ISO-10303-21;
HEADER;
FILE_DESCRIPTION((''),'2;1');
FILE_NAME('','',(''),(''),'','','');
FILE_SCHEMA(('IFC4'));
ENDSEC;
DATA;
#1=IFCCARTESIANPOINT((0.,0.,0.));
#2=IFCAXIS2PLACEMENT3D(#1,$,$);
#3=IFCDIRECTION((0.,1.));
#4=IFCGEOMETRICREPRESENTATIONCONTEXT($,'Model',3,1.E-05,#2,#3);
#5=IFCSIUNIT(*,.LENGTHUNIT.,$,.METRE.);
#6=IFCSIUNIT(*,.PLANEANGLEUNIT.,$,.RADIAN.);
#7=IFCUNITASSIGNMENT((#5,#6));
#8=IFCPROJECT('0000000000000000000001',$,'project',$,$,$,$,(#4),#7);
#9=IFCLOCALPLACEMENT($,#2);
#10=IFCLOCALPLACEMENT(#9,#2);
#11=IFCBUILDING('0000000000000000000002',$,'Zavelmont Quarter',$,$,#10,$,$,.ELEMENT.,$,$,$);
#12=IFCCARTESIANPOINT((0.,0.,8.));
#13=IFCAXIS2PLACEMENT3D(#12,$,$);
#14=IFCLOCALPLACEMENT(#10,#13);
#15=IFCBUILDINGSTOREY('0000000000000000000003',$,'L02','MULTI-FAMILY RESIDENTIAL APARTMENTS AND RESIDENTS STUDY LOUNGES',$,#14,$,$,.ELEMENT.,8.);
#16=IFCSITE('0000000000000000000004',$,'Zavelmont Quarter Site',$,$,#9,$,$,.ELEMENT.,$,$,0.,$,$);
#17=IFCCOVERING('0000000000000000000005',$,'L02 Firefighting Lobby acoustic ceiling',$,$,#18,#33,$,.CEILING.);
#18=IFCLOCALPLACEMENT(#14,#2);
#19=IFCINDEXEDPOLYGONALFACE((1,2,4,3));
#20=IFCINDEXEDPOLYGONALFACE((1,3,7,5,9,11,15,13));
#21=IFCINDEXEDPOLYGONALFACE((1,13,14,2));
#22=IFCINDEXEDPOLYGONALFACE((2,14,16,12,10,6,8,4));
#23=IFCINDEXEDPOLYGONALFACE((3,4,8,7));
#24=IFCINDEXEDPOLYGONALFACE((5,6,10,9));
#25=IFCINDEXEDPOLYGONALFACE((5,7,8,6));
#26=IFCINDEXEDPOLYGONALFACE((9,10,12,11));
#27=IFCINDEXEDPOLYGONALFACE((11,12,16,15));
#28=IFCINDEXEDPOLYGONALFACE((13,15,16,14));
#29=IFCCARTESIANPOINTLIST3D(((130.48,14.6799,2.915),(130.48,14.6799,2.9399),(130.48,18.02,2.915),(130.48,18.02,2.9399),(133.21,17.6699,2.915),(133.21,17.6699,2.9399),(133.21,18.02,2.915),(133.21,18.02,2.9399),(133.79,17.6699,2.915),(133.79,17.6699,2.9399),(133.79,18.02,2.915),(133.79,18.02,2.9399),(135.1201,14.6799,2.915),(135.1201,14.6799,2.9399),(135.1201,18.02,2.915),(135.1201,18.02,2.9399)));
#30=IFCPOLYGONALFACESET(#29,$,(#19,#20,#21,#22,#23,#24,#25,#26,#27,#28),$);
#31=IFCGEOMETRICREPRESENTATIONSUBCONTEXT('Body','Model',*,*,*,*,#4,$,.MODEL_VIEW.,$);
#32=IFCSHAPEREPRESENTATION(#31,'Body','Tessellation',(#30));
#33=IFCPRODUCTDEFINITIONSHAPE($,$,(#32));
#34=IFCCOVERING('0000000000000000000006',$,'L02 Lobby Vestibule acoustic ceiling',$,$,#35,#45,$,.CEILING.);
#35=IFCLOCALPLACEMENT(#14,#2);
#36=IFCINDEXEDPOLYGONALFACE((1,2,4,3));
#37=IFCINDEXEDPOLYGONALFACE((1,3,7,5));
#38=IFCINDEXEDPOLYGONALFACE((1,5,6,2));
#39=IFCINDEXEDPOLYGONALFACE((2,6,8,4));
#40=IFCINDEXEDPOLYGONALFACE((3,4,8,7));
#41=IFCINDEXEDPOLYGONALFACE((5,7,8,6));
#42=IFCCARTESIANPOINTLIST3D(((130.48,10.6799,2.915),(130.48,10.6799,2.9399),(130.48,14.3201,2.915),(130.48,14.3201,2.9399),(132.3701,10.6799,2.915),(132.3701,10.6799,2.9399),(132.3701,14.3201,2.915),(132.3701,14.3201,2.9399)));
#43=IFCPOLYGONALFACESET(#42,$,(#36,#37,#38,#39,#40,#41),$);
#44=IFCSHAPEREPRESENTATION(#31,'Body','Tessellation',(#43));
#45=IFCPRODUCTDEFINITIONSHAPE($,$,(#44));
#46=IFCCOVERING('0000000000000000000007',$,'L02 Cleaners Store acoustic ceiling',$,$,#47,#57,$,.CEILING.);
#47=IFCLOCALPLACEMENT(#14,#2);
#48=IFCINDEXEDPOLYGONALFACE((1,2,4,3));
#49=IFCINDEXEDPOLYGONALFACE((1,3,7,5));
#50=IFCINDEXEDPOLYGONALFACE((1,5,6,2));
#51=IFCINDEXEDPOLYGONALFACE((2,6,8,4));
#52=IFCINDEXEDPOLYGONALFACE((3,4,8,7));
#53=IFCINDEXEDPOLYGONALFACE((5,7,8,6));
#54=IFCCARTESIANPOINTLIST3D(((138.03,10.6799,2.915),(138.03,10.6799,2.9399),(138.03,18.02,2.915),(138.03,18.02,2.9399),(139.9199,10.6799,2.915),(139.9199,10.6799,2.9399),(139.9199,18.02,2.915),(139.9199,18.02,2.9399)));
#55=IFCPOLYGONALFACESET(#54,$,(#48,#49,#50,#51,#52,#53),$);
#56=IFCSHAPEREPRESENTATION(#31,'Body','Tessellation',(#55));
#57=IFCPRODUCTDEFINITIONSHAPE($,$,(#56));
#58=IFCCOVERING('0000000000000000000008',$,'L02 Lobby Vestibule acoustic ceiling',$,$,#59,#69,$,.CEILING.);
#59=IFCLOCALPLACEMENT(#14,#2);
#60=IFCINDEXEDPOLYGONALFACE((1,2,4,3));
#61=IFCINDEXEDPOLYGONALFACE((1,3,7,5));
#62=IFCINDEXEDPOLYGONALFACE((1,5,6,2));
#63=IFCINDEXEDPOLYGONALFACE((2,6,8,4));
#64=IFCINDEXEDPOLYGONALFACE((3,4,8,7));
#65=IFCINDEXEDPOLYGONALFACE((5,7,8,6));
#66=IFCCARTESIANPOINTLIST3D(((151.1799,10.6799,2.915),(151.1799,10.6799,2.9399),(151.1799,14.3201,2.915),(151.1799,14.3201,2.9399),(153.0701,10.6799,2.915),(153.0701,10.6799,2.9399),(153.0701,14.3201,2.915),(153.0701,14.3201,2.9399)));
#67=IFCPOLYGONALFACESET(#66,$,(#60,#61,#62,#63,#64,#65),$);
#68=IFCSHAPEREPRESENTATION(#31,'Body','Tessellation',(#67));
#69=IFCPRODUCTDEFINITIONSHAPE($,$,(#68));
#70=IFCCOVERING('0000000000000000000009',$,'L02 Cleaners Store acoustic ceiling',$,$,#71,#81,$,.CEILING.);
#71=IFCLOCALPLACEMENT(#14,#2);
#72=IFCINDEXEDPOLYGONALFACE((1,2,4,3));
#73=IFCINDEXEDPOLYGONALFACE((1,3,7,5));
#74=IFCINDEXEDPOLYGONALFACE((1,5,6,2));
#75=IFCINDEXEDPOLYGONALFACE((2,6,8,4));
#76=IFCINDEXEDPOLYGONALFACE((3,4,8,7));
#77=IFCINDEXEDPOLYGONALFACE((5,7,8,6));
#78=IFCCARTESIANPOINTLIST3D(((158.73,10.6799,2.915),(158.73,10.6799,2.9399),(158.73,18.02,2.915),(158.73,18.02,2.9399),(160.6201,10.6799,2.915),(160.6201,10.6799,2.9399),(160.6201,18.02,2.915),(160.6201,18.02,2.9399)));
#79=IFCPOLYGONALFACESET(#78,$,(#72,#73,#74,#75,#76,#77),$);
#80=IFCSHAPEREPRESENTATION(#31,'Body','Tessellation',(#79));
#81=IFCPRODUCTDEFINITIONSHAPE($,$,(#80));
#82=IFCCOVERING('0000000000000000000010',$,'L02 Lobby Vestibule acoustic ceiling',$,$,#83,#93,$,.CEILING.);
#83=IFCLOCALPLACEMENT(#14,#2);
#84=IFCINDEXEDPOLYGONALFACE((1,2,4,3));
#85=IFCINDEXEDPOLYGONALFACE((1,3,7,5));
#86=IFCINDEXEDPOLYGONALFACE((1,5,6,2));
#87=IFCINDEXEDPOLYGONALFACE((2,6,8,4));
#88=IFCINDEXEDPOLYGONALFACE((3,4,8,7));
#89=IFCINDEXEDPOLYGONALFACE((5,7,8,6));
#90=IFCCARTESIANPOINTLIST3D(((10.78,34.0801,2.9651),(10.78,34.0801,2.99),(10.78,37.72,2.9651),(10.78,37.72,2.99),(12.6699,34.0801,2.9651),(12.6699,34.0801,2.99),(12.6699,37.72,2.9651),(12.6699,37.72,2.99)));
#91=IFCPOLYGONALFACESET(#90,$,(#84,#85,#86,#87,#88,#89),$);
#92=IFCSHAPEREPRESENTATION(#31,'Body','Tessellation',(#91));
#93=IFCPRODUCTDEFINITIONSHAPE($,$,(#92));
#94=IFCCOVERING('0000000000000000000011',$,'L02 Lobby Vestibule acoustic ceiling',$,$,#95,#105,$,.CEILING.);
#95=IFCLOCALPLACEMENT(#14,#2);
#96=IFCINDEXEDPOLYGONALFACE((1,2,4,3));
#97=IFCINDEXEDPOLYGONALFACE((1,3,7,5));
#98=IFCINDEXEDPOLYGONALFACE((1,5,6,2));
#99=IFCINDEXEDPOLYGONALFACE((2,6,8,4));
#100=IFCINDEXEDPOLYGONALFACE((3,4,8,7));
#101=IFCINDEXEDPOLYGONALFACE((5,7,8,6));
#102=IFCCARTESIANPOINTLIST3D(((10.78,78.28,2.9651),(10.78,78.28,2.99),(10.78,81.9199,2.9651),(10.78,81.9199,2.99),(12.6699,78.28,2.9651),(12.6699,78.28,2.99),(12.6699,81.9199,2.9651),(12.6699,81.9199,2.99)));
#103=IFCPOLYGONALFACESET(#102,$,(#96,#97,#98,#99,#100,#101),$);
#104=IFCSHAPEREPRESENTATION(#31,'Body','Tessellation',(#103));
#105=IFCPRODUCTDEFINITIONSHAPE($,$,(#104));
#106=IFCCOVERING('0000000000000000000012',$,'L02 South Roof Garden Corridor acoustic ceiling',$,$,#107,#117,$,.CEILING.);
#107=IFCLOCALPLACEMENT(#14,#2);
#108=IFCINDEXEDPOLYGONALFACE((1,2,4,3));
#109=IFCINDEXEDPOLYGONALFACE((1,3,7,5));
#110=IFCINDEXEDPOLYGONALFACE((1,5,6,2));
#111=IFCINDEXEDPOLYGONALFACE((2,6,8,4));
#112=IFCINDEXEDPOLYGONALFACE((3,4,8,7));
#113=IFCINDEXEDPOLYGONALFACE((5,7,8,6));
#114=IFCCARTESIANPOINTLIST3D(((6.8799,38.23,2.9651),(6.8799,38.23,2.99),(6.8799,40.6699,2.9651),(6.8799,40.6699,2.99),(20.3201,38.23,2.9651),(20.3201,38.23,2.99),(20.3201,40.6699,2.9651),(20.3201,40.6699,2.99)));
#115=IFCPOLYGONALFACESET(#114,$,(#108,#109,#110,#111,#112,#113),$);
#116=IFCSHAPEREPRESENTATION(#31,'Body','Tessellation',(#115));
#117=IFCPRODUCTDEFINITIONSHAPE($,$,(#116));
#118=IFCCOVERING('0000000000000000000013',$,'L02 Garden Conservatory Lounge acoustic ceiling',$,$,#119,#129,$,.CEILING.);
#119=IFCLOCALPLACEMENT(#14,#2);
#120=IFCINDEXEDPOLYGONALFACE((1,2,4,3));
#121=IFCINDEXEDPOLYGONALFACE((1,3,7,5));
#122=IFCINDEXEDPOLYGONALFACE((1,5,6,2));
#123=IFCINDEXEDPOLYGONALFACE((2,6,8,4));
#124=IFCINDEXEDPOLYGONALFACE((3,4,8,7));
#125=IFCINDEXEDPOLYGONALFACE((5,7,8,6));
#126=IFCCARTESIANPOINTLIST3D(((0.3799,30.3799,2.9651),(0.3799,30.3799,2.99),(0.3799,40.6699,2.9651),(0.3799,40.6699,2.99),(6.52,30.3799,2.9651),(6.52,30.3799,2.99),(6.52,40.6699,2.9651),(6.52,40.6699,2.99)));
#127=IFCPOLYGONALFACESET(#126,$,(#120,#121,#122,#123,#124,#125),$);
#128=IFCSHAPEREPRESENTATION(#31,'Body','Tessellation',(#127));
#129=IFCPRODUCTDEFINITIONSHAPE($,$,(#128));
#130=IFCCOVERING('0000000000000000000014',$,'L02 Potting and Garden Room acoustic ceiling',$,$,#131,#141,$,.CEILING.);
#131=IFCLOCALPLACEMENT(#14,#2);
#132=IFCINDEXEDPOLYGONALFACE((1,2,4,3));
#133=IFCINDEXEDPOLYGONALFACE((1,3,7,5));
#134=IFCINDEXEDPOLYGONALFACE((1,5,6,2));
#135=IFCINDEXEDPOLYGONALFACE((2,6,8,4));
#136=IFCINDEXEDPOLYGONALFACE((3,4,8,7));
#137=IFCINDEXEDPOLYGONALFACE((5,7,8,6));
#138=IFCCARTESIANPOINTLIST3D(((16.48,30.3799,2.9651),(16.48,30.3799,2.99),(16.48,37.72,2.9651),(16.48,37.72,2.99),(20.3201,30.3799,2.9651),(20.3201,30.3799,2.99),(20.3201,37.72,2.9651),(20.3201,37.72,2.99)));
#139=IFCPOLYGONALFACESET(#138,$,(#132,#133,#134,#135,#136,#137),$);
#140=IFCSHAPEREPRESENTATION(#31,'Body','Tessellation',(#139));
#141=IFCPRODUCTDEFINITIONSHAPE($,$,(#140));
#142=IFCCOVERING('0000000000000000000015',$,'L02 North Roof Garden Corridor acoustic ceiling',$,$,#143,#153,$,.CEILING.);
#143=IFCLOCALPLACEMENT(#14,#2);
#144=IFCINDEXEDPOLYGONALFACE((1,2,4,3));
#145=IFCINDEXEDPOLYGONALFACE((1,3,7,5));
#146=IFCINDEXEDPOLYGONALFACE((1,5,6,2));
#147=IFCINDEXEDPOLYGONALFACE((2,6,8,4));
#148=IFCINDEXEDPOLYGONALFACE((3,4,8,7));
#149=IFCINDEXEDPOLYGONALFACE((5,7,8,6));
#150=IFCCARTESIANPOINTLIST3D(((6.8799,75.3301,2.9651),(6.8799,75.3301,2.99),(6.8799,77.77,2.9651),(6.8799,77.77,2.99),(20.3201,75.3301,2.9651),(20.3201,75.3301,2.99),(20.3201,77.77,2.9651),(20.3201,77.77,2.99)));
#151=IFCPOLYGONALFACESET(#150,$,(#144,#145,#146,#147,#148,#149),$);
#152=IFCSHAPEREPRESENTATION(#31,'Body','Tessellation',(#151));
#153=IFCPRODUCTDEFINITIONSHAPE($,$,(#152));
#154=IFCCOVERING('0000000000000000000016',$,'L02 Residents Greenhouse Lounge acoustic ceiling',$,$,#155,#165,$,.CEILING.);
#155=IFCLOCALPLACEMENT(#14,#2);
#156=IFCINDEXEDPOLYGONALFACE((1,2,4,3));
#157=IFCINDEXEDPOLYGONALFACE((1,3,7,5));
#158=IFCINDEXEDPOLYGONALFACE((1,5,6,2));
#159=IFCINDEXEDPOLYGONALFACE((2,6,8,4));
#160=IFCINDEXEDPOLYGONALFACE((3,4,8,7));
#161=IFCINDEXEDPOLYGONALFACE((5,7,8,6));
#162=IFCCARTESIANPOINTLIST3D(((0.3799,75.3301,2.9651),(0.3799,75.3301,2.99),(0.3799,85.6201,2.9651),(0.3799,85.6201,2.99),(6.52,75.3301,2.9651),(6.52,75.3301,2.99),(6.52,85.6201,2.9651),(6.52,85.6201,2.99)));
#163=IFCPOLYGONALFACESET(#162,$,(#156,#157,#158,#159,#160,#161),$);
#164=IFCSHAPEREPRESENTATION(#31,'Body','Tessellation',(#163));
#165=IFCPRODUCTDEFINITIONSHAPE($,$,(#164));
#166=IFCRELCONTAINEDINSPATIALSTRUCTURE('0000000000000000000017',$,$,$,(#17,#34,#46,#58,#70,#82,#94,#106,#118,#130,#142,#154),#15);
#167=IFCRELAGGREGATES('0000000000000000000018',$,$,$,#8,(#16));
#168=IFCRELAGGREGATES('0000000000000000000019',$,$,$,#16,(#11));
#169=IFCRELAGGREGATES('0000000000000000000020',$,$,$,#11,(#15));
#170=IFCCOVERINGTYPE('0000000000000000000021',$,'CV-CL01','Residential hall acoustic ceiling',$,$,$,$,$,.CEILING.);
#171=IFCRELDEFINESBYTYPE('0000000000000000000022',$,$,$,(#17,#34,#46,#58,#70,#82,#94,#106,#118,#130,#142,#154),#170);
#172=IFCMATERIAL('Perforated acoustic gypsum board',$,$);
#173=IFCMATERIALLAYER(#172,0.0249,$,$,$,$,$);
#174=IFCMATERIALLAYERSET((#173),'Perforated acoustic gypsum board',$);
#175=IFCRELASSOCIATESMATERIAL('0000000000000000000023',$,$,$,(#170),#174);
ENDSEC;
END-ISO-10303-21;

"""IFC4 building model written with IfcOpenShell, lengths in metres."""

from ifc_helpers import new_model, si_unit, direction, frame, origin, place, context, subcontext, project, spatial, polyline, outline, extrude, material, layer, layer_set, type_object, element, save


model = new_model("IFC4")

# Units and contexts
model_context = context("Model", 3, precision=1e-05, world=origin(), true_north=direction((0.0, 1.0)))
body_context = subcontext(model_context, "Body", "Model", "MODEL_VIEW")
ifc_project = project(units=[si_unit("LENGTHUNIT", "METRE"), si_unit("PLANEANGLEUNIT", "RADIAN")], contexts=[model_context])

# Site, building, storey
site_placement = place(None, origin())
site = spatial("IfcSite", under=ifc_project, at=site_placement, Name="Zavelmont Quarter Site", CompositionType="ELEMENT", RefElevation=0.0)
building_placement = place(site_placement, origin())
building = spatial("IfcBuilding", under=site, at=building_placement, Name="Zavelmont Quarter", CompositionType="ELEMENT")
storey_placement = place(building_placement, frame((0.0, 0.0, 8.0)))
storey = spatial("IfcBuildingStorey", under=building, at=storey_placement, Name="L02", Description="MULTI-FAMILY RESIDENTIAL APARTMENTS AND RESIDENTS STUDY LOUNGES", CompositionType="ELEMENT", Elevation=8.0)

# Coverings
ifc_material_1 = material(Name="Perforated acoustic gypsum board")
ifc_layer_1 = layer(ifc_material_1, 0.0249)
ifc_layer_set_1 = layer_set([ifc_layer_1], Name="Perforated acoustic gypsum board")
covering_type_1 = type_object("IfcCoveringType", Name="CV-CL01", Description="Residential hall acoustic ceiling", PredefinedType="CEILING", material=ifc_layer_set_1)
covering_1_placement = place(storey_placement, frame((0.0, 0.0, 2.915)))
element("IfcCovering", 1, at=covering_1_placement, inside=storey, type_object=covering_type_1, Name="L02 Firefighting Lobby acoustic ceiling", PredefinedType="CEILING", context=body_context, shape_type="SweptSolid", body=[
    extrude(outline(polyline([(130.48, 18.02), (133.21, 18.02), (133.21, 17.6699), (133.79, 17.6699), (133.79, 18.02), (135.1201, 18.02), (135.1201, 14.6799), (130.48, 14.6799), (130.48, 18.02)])), origin(), (0.0, 0.0, 1.0), 0.0249),
])
covering_2_placement = place(storey_placement, frame((0.0, 0.0, 2.915)))
element("IfcCovering", 2, at=covering_2_placement, inside=storey, type_object=covering_type_1, Name="L02 Lobby Vestibule acoustic ceiling", PredefinedType="CEILING", context=body_context, shape_type="SweptSolid", body=[
    extrude(outline(polyline([(130.48, 14.3201), (132.3701, 14.3201), (132.3701, 10.6799), (130.48, 10.6799), (130.48, 14.3201)])), origin(), (0.0, 0.0, 1.0), 0.0249),
])
covering_3_placement = place(storey_placement, frame((0.0, 0.0, 2.915)))
element("IfcCovering", 3, at=covering_3_placement, inside=storey, type_object=covering_type_1, Name="L02 Cleaners Store acoustic ceiling", PredefinedType="CEILING", context=body_context, shape_type="SweptSolid", body=[
    extrude(outline(polyline([(138.03, 18.02), (139.9199, 18.02), (139.9199, 10.6799), (138.03, 10.6799), (138.03, 18.02)])), origin(), (0.0, 0.0, 1.0), 0.0249),
])
covering_4_placement = place(storey_placement, frame((0.0, 0.0, 2.915)))
element("IfcCovering", 4, at=covering_4_placement, inside=storey, type_object=covering_type_1, Name="L02 Lobby Vestibule acoustic ceiling", PredefinedType="CEILING", context=body_context, shape_type="SweptSolid", body=[
    extrude(outline(polyline([(151.1799, 14.3201), (153.0701, 14.3201), (153.0701, 10.6799), (151.1799, 10.6799), (151.1799, 14.3201)])), origin(), (0.0, 0.0, 1.0), 0.0249),
])
covering_5_placement = place(storey_placement, frame((0.0, 0.0, 2.915)))
element("IfcCovering", 5, at=covering_5_placement, inside=storey, type_object=covering_type_1, Name="L02 Cleaners Store acoustic ceiling", PredefinedType="CEILING", context=body_context, shape_type="SweptSolid", body=[
    extrude(outline(polyline([(158.73, 18.02), (160.6201, 18.02), (160.6201, 10.6799), (158.73, 10.6799), (158.73, 18.02)])), origin(), (0.0, 0.0, 1.0), 0.0249),
])
covering_6_placement = place(storey_placement, frame((0.0, 0.0, 2.9651)))
element("IfcCovering", 6, at=covering_6_placement, inside=storey, type_object=covering_type_1, Name="L02 Lobby Vestibule acoustic ceiling", PredefinedType="CEILING", context=body_context, shape_type="SweptSolid", body=[
    extrude(outline(polyline([(10.78, 37.72), (12.6699, 37.72), (12.6699, 34.0801), (10.78, 34.0801), (10.78, 37.72)])), origin(), (0.0, 0.0, 1.0), 0.0249),
])
covering_7_placement = place(storey_placement, frame((0.0, 0.0, 2.9651)))
element("IfcCovering", 7, at=covering_7_placement, inside=storey, type_object=covering_type_1, Name="L02 Lobby Vestibule acoustic ceiling", PredefinedType="CEILING", context=body_context, shape_type="SweptSolid", body=[
    extrude(outline(polyline([(10.78, 81.9199), (12.6699, 81.9199), (12.6699, 78.28), (10.78, 78.28), (10.78, 81.9199)])), origin(), (0.0, 0.0, 1.0), 0.0249),
])
covering_8_placement = place(storey_placement, frame((0.0, 0.0, 2.9651)))
element("IfcCovering", 8, at=covering_8_placement, inside=storey, type_object=covering_type_1, Name="L02 South Roof Garden Corridor acoustic ceiling", PredefinedType="CEILING", context=body_context, shape_type="SweptSolid", body=[
    extrude(outline(polyline([(6.8799, 40.6699), (20.3201, 40.6699), (20.3201, 38.23), (6.8799, 38.23), (6.8799, 40.6699)])), origin(), (0.0, 0.0, 1.0), 0.0249),
])
covering_9_placement = place(storey_placement, frame((0.0, 0.0, 2.9651)))
element("IfcCovering", 9, at=covering_9_placement, inside=storey, type_object=covering_type_1, Name="L02 Garden Conservatory Lounge acoustic ceiling", PredefinedType="CEILING", context=body_context, shape_type="SweptSolid", body=[
    extrude(outline(polyline([(0.3799, 40.6699), (6.52, 40.6699), (6.52, 30.3799), (0.3799, 30.3799), (0.3799, 40.6699)])), origin(), (0.0, 0.0, 1.0), 0.0249),
])
covering_10_placement = place(storey_placement, frame((0.0, 0.0, 2.9651)))
element("IfcCovering", 10, at=covering_10_placement, inside=storey, type_object=covering_type_1, Name="L02 Potting and Garden Room acoustic ceiling", PredefinedType="CEILING", context=body_context, shape_type="SweptSolid", body=[
    extrude(outline(polyline([(16.48, 37.72), (20.3201, 37.72), (20.3201, 30.3799), (16.48, 30.3799), (16.48, 37.72)])), origin(), (0.0, 0.0, 1.0), 0.0249),
])
covering_11_placement = place(storey_placement, frame((0.0, 0.0, 2.9651)))
element("IfcCovering", 11, at=covering_11_placement, inside=storey, type_object=covering_type_1, Name="L02 North Roof Garden Corridor acoustic ceiling", PredefinedType="CEILING", context=body_context, shape_type="SweptSolid", body=[
    extrude(outline(polyline([(6.8799, 77.77), (20.3201, 77.77), (20.3201, 75.3301), (6.8799, 75.3301), (6.8799, 77.77)])), origin(), (0.0, 0.0, 1.0), 0.0249),
])
covering_12_placement = place(storey_placement, frame((0.0, 0.0, 2.9651)))
element("IfcCovering", 12, at=covering_12_placement, inside=storey, type_object=covering_type_1, Name="L02 Residents Greenhouse Lounge acoustic ceiling", PredefinedType="CEILING", context=body_context, shape_type="SweptSolid", body=[
    extrude(outline(polyline([(0.3799, 85.6201), (6.52, 85.6201), (6.52, 75.3301), (0.3799, 75.3301), (0.3799, 85.6201)])), origin(), (0.0, 0.0, 1.0), 0.0249),
])

save(model, "model.ifc")
